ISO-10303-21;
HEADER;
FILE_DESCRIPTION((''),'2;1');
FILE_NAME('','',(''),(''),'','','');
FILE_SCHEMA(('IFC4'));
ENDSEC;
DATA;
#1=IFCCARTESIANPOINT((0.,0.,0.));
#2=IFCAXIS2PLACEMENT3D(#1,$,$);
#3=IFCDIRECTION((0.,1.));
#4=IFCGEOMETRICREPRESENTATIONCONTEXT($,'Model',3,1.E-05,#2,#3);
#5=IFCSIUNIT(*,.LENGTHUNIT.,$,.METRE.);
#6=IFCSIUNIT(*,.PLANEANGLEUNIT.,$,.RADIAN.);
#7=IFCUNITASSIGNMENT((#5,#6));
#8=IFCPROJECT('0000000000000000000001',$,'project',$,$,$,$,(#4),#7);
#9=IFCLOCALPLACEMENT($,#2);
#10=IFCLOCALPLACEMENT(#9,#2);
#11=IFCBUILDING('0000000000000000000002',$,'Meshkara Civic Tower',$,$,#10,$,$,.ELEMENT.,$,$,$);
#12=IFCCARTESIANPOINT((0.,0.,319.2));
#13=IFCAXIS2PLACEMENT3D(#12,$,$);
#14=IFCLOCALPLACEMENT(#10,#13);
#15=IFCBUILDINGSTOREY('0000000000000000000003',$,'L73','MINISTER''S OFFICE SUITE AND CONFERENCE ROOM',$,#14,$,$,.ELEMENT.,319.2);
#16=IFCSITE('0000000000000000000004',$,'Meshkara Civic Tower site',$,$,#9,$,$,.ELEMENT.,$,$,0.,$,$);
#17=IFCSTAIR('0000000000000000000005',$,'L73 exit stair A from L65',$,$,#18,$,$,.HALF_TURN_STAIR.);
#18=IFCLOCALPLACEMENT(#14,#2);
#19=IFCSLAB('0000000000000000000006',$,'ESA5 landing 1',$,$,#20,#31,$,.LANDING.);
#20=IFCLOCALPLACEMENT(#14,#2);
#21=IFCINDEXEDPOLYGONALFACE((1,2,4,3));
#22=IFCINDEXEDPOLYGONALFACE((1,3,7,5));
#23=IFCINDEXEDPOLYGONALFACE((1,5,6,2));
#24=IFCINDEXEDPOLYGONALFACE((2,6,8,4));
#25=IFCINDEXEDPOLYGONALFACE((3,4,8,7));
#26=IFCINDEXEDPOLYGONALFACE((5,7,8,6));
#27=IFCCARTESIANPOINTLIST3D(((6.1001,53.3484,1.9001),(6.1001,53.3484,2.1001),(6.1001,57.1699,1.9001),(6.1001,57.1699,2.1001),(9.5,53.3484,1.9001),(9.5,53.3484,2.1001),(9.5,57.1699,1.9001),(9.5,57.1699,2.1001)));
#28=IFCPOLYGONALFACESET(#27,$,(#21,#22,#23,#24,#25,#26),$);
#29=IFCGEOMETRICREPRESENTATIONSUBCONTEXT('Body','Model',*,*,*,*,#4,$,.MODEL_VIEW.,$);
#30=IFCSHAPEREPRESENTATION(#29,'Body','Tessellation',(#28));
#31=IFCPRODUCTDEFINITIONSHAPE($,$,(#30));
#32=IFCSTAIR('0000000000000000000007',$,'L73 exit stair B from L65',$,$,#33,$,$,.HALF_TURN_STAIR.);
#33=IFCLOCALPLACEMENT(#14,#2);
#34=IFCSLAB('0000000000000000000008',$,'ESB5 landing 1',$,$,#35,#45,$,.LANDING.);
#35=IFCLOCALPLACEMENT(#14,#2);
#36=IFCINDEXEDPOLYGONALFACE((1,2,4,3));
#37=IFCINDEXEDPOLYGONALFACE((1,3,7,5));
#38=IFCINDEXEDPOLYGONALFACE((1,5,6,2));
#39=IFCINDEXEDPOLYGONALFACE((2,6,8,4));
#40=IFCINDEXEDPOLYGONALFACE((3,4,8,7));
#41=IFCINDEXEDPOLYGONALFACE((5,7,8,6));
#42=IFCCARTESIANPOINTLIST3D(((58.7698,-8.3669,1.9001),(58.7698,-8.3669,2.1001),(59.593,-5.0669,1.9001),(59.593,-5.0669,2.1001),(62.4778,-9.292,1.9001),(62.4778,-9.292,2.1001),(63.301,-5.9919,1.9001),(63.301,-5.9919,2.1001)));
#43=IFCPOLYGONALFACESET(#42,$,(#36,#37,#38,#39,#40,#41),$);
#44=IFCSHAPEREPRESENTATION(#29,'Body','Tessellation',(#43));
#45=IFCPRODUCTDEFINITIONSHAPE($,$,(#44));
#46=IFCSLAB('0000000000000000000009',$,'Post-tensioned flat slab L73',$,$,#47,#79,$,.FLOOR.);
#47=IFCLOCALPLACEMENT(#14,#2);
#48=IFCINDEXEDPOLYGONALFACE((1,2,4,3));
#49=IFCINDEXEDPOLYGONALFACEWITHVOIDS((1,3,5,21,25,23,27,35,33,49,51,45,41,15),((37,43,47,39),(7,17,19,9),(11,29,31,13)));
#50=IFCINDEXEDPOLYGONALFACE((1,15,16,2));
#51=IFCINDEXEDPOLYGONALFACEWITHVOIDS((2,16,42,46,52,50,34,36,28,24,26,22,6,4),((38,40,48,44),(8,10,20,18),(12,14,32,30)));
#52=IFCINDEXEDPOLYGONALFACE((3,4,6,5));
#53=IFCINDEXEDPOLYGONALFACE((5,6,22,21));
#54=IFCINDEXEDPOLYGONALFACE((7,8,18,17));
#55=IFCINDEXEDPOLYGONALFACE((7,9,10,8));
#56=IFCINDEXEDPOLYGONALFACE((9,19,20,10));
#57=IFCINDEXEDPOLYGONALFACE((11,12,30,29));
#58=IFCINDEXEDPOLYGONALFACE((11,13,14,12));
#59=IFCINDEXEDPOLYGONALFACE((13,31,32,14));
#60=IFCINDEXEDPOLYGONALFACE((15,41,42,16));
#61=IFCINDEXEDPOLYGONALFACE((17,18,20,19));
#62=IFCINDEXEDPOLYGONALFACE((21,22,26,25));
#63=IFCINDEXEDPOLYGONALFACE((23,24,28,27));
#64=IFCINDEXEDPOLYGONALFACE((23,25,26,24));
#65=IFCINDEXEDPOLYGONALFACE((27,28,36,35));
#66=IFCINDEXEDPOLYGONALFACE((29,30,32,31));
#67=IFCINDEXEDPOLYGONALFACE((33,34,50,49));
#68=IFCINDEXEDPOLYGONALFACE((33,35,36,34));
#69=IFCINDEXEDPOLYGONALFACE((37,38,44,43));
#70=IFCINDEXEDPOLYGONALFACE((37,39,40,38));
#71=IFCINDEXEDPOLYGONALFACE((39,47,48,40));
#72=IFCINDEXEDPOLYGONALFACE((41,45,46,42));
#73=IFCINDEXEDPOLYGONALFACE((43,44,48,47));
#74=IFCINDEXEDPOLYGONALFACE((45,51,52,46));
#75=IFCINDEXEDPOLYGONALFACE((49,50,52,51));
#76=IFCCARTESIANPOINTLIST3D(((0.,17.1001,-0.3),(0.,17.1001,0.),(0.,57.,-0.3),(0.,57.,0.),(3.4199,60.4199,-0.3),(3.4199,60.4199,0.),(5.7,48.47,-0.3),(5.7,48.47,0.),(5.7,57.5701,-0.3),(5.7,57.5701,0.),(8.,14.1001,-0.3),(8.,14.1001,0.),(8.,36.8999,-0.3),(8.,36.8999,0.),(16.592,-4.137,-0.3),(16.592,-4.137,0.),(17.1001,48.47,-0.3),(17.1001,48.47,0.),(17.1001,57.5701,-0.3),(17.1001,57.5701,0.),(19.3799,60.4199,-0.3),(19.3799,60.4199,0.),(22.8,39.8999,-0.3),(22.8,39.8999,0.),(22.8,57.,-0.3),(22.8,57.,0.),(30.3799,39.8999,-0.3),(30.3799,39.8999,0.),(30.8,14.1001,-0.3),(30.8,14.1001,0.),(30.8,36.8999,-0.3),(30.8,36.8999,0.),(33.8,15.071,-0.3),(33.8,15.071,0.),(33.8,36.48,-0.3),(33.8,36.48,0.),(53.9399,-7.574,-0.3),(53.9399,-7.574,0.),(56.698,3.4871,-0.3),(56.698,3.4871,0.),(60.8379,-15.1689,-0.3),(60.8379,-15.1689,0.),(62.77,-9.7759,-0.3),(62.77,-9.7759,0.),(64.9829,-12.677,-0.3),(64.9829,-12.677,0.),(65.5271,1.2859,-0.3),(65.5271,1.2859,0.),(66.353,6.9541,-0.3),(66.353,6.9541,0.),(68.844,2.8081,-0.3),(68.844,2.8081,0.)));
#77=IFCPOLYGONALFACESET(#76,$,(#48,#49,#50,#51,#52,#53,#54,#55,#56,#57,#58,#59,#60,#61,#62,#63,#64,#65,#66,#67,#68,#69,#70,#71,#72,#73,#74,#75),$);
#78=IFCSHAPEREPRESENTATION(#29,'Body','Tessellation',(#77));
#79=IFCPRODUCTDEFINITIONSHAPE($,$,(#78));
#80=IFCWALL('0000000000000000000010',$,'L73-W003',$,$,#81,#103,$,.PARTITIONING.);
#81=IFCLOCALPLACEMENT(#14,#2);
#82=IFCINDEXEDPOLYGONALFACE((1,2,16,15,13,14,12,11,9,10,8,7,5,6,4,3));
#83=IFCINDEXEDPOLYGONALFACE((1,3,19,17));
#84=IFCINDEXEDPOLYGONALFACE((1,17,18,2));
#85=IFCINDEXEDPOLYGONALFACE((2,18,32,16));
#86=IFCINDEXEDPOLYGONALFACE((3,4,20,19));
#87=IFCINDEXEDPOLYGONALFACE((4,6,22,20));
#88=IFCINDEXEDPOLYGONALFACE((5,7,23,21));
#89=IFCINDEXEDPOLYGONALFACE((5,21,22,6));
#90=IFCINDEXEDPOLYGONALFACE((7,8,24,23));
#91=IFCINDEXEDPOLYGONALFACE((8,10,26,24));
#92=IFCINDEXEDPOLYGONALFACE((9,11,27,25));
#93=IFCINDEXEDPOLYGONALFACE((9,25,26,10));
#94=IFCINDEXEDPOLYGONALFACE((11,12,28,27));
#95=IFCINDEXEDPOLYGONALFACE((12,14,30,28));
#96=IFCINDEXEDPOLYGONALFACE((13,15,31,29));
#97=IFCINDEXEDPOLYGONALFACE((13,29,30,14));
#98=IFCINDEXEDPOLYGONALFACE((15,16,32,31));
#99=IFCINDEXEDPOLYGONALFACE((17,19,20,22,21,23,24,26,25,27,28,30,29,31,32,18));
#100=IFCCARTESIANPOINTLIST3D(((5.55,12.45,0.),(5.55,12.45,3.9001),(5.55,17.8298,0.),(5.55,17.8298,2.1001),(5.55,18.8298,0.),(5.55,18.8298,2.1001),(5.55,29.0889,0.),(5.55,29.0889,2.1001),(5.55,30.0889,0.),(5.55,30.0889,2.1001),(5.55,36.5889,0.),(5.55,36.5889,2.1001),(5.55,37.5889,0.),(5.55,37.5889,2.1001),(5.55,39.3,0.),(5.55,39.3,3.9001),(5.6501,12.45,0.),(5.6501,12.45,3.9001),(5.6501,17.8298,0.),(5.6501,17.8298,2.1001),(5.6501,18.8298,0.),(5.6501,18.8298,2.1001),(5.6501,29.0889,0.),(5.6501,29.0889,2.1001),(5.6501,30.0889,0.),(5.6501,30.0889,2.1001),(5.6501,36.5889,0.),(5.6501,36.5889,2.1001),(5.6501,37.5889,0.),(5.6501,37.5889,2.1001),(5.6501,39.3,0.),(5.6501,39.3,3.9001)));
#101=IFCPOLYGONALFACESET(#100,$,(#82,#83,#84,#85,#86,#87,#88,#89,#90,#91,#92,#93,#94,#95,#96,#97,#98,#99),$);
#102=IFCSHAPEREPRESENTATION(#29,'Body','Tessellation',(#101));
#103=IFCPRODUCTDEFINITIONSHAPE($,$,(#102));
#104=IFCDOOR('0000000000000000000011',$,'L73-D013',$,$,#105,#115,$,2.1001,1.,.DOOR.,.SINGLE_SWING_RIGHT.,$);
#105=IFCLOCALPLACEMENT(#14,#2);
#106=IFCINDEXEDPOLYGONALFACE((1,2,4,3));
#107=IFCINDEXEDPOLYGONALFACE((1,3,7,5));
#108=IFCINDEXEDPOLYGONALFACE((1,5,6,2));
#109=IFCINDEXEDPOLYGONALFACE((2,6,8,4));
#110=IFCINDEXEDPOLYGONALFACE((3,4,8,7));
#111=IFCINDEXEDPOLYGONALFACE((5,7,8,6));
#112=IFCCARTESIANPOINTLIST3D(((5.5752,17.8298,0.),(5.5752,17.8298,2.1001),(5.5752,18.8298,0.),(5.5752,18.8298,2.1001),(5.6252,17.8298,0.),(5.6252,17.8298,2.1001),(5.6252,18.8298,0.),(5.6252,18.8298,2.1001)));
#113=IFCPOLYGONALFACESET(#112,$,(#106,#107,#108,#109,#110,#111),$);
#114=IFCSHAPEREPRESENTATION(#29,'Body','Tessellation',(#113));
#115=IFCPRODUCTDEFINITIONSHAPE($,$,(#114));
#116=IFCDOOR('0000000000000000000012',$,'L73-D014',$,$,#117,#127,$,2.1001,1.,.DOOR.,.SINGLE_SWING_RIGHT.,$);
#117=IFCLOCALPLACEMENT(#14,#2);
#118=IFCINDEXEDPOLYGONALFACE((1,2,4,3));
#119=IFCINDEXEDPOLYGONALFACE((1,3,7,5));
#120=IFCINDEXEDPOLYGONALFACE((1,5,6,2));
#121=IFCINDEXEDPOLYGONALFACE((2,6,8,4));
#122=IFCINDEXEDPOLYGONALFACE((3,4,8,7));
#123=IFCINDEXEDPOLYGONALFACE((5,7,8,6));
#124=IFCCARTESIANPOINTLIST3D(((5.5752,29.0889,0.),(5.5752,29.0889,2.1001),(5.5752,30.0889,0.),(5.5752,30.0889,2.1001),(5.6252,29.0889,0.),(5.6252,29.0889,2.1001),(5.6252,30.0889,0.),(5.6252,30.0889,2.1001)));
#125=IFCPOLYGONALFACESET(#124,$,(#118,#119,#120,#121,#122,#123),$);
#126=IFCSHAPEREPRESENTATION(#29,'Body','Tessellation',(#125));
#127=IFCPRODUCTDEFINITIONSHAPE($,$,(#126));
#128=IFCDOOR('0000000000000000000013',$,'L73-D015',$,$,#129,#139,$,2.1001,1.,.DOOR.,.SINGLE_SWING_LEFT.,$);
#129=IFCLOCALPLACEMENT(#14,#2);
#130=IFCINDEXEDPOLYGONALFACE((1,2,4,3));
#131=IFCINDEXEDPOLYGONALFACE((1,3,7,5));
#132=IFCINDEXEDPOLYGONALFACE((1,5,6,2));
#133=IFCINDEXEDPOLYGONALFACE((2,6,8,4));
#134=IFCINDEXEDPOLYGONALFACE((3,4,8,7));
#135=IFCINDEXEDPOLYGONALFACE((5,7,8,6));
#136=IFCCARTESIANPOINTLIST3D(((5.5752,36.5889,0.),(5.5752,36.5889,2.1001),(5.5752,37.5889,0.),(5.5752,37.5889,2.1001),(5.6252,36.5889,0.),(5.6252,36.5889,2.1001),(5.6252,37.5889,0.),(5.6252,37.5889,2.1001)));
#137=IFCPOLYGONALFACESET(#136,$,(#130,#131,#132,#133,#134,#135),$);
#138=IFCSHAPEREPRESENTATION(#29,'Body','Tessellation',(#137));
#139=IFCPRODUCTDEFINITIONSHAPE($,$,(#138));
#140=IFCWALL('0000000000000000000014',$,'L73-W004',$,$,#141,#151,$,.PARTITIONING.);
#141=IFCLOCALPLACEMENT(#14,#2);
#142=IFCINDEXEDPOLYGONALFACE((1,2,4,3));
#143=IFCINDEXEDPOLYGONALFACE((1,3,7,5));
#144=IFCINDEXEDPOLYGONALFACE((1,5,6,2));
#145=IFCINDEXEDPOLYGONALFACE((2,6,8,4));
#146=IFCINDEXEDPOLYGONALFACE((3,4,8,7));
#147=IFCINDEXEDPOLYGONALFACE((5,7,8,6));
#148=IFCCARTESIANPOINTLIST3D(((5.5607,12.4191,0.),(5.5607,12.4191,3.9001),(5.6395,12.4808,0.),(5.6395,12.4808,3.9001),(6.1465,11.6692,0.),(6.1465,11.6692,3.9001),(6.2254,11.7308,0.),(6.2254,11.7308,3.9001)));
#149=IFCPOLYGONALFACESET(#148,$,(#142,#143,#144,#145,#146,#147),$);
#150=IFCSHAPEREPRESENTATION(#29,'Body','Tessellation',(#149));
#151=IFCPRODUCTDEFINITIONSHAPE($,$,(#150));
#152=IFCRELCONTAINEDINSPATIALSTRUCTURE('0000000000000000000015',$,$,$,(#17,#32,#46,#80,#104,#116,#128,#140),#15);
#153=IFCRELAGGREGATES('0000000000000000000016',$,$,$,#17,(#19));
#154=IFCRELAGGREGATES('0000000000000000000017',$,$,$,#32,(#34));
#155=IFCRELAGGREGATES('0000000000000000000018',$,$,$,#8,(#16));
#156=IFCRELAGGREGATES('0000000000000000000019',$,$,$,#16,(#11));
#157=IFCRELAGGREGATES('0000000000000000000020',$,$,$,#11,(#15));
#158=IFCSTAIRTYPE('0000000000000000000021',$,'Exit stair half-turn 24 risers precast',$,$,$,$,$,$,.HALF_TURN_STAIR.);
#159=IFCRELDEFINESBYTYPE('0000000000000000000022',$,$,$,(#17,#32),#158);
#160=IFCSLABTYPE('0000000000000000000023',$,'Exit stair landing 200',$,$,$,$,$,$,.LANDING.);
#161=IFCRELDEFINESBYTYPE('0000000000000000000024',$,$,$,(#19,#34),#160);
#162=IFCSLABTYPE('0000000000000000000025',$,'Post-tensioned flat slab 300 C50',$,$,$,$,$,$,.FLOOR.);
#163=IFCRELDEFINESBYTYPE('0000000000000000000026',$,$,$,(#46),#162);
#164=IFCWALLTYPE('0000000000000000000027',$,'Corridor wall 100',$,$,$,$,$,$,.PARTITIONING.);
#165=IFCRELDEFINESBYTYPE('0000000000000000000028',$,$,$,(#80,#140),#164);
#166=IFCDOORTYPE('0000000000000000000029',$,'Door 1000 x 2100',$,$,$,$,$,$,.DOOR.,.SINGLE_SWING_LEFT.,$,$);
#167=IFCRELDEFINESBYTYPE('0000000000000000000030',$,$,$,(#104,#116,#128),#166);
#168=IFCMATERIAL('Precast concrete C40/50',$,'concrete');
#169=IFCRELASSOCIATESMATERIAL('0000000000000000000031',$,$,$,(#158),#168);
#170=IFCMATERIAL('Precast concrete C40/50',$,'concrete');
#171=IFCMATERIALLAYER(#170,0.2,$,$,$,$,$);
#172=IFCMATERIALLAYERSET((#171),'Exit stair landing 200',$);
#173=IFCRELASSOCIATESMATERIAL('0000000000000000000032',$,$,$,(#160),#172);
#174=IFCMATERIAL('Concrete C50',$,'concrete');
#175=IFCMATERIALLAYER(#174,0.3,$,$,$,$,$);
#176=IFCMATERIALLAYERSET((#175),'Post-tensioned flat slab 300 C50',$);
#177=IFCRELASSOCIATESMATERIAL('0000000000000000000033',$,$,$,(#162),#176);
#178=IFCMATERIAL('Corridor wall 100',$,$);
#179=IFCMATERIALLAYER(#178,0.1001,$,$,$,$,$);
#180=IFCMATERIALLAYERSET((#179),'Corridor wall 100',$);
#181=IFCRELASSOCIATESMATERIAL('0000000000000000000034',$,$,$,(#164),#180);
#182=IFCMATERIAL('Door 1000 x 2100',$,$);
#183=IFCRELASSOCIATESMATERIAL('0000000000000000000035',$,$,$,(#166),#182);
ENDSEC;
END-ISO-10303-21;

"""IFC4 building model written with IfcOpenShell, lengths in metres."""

from ifc_helpers import new_model, si_unit, direction, frame, frame_2d, origin, place, context, subcontext, project, spatial, polyline, rectangle, outline, extrude, material, layer, layer_set, type_object, element, fill, aggregate, save


model = new_model("IFC4")

# Units and contexts
model_context = context("Model", 3, precision=1e-05, world=origin(), true_north=direction((0.0, 1.0)))
body_context = subcontext(model_context, "Body", "Model", "MODEL_VIEW")
ifc_project = project(units=[si_unit("LENGTHUNIT", "METRE"), si_unit("PLANEANGLEUNIT", "RADIAN")], contexts=[model_context])

# Site, building, storey
site_placement = place(None, origin())
site = spatial("IfcSite", under=ifc_project, at=site_placement, Name="Meshkara Civic Tower site", CompositionType="ELEMENT", RefElevation=0.0)
building_placement = place(site_placement, origin())
building = spatial("IfcBuilding", under=site, at=building_placement, Name="Meshkara Civic Tower", CompositionType="ELEMENT")
storey_placement = place(building_placement, frame((0.0, 0.0, 319.2)))
storey = spatial("IfcBuildingStorey", under=building, at=storey_placement, Name="L73", Description="MINISTER'S OFFICE SUITE AND CONFERENCE ROOM", CompositionType="ELEMENT", Elevation=319.2)

# Stairs, slabs
ifc_material_1 = material(Name="Precast concrete C40/50", Category="concrete")
stair_type = type_object("IfcStairType", Name="Exit stair half-turn 24 risers precast", PredefinedType="HALF_TURN_STAIR", material=ifc_material_1)
ifc_material_2 = material(Name="Precast concrete C40/50", Category="concrete")
ifc_layer_1 = layer(ifc_material_2, 0.2)
ifc_layer_set_1 = layer_set([ifc_layer_1], Name="Exit stair landing 200")
slab_type_1 = type_object("IfcSlabType", Name="Exit stair landing 200", PredefinedType="LANDING", material=ifc_layer_set_1)
stair_1_placement = place(storey_placement, origin())
stair_1 = element("IfcStair", 1, at=stair_1_placement, inside=storey, type_object=stair_type, Name="L73 exit stair A from L65", PredefinedType="HALF_TURN_STAIR")
slab_1_placement = place(storey_placement, frame((0.0, 0.0, 1.9001)))
slab_1 = element("IfcSlab", 2, at=slab_1_placement, type_object=slab_type_1, Name="ESA5 landing 1", PredefinedType="LANDING", context=body_context, shape_type="SweptSolid", body=[
    extrude(outline(polyline([(9.5, 53.3484), (9.5, 57.1699), (6.1001, 57.1699), (6.1001, 53.3484), (9.5, 53.3484)])), origin(), (0.0, 0.0, 1.0), 0.2),
])
aggregate(stair_1, [slab_1])
stair_2_placement = place(storey_placement, origin())
stair_2 = element("IfcStair", 3, at=stair_2_placement, inside=storey, type_object=stair_type, Name="L73 exit stair B from L65", PredefinedType="HALF_TURN_STAIR")
slab_2_placement = place(storey_placement, frame((0.0, 0.0, 1.9001)))
slab_2 = element("IfcSlab", 4, at=slab_2_placement, type_object=slab_type_1, Name="ESB5 landing 1", PredefinedType="LANDING", context=body_context, shape_type="SweptSolid", body=[
    extrude(outline(polyline([(58.7698, -8.3669), (62.4778, -9.292), (63.301, -5.9919), (59.593, -5.0669), (58.7698, -8.3669)])), origin(), (0.0, 0.0, 1.0), 0.2),
])
aggregate(stair_2, [slab_2])

# Slab
ifc_material_3 = material(Name="Concrete C50", Category="concrete")
ifc_layer_2 = layer(ifc_material_3, 0.3)
ifc_layer_set_2 = layer_set([ifc_layer_2], Name="Post-tensioned flat slab 300 C50")
slab_type_2 = type_object("IfcSlabType", Name="Post-tensioned flat slab 300 C50", PredefinedType="FLOOR", material=ifc_layer_set_2)
slab_3_placement = place(storey_placement, frame((0.0, 0.0, -0.3)))
element("IfcSlab", 5, at=slab_3_placement, inside=storey, type_object=slab_type_2, Name="Post-tensioned flat slab L73", PredefinedType="FLOOR", context=body_context, shape_type="SweptSolid", body=[
    extrude(outline(polyline([(64.9829, -12.677), (60.8379, -15.1689), (16.592, -4.137), (0.0, 17.1001), (0.0, 57.0), (3.4199, 60.4199), (19.3799, 60.4199), (22.8, 57.0), (22.8, 39.8999), (30.3799, 39.8999), (33.8, 36.48), (33.8, 15.071), (66.353, 6.9541), (68.844, 2.8081), (64.9829, -12.677)]), holes=[polyline([(62.77, -9.7759), (65.5271, 1.2859), (56.698, 3.4871), (53.9399, -7.574), (62.77, -9.7759)]), polyline([(8.0, 14.1001), (30.8, 14.1001), (30.8, 36.8999), (8.0, 36.8999), (8.0, 14.1001)]), polyline([(5.7, 57.5701), (5.7, 48.47), (17.1001, 48.47), (17.1001, 57.5701), (5.7, 57.5701)])]), origin(), (0.0, 0.0, 1.0), 0.3),
])

# Wall, openings, doors
ifc_material_4 = material(Name="Corridor wall 100")
ifc_layer_3 = layer(ifc_material_4, 0.1001)
ifc_layer_set_3 = layer_set([ifc_layer_3], Name="Corridor wall 100")
wall_type_1 = type_object("IfcWallType", Name="Corridor wall 100", PredefinedType="PARTITIONING", material=ifc_layer_set_3)
wall_1_placement = place(storey_placement, frame((5.6001, 12.45, 0.0), z_axis=(0.0, 0.0, 1.0), x_axis=(0.0, 1.0, 0.0)))
wall_1 = element("IfcWall", 6, at=wall_1_placement, inside=storey, type_object=wall_type_1, Name="L73-W003", PredefinedType="PARTITIONING", context=body_context, shape_type="SweptSolid", body=[
    extrude(rectangle(XDim=26.8501, YDim=0.1001, at=frame_2d((13.425, 0.0))), origin(), (0.0, 0.0, 1.0), 3.9001),
])
opening_1_placement = place(wall_1_placement, frame((5.3799, 0.0, 0.0)))
opening_1 = element("IfcOpeningElement", 7, at=opening_1_placement, cuts=wall_1, PredefinedType="OPENING", context=body_context, shape_type="SweptSolid", body=[
    extrude(rectangle(XDim=1.0, YDim=2.1001, at=frame_2d((0.5, 1.05))), frame((0.0, 0.0601, 0.0), z_axis=(0.0, -1.0, 0.0), x_axis=(1.0, 0.0, 0.0)), (0.0, 0.0, 1.0), 0.1201),
])
opening_2_placement = place(wall_1_placement, frame((16.6389, 0.0, 0.0)))
opening_2 = element("IfcOpeningElement", 8, at=opening_2_placement, cuts=wall_1, PredefinedType="OPENING", context=body_context, shape_type="SweptSolid", body=[
    extrude(rectangle(XDim=1.0, YDim=2.1001, at=frame_2d((0.5, 1.05))), frame((0.0, 0.0601, 0.0), z_axis=(0.0, -1.0, 0.0), x_axis=(1.0, 0.0, 0.0)), (0.0, 0.0, 1.0), 0.1201),
])
opening_3_placement = place(wall_1_placement, frame((24.1389, 0.0, 0.0)))
opening_3 = element("IfcOpeningElement", 9, at=opening_3_placement, cuts=wall_1, PredefinedType="OPENING", context=body_context, shape_type="SweptSolid", body=[
    extrude(rectangle(XDim=1.0, YDim=2.1001, at=frame_2d((0.5, 1.05))), frame((0.0, 0.0601, 0.0), z_axis=(0.0, -1.0, 0.0), x_axis=(1.0, 0.0, 0.0)), (0.0, 0.0, 1.0), 0.1201),
])
ifc_material_5 = material(Name="Door 1000 x 2100")
door_type = type_object("IfcDoorType", Name="Door 1000 x 2100", OperationType="SINGLE_SWING_LEFT", PredefinedType="DOOR", material=ifc_material_5)
door_1_placement = place(opening_1_placement, origin())
door_1 = element("IfcDoor", 10, at=door_1_placement, inside=storey, type_object=door_type, Name="L73-D013", OperationType="SINGLE_SWING_RIGHT", OverallHeight=2.1001, OverallWidth=1.0, PredefinedType="DOOR", context=body_context, shape_type="SweptSolid", body=[
    extrude(rectangle(XDim=1.0, YDim=2.1001, at=frame_2d((0.5, 1.05))), frame((0.0, 0.0249, 0.0), z_axis=(0.0, -1.0, 0.0), x_axis=(1.0, 0.0, 0.0)), (0.0, 0.0, 1.0), 0.05),
])
fill(opening_1, door_1)
door_2_placement = place(opening_2_placement, origin())
door_2 = element("IfcDoor", 11, at=door_2_placement, inside=storey, type_object=door_type, Name="L73-D014", OperationType="SINGLE_SWING_RIGHT", OverallHeight=2.1001, OverallWidth=1.0, PredefinedType="DOOR", context=body_context, shape_type="SweptSolid", body=[
    extrude(rectangle(XDim=1.0, YDim=2.1001, at=frame_2d((0.5, 1.05))), frame((0.0, 0.0249, 0.0), z_axis=(0.0, -1.0, 0.0), x_axis=(1.0, 0.0, 0.0)), (0.0, 0.0, 1.0), 0.05),
])
fill(opening_2, door_2)
door_3_placement = place(opening_3_placement, origin())
door_3 = element("IfcDoor", 12, at=door_3_placement, inside=storey, type_object=door_type, Name="L73-D015", OperationType="SINGLE_SWING_LEFT", OverallHeight=2.1001, OverallWidth=1.0, PredefinedType="DOOR", context=body_context, shape_type="SweptSolid", body=[
    extrude(rectangle(XDim=1.0, YDim=2.1001, at=frame_2d((0.5, 1.05))), frame((0.0, 0.0249, 0.0), z_axis=(0.0, -1.0, 0.0), x_axis=(1.0, 0.0, 0.0)), (0.0, 0.0, 1.0), 0.05),
])
fill(opening_3, door_3)

# Wall
wall_2_placement = place(storey_placement, frame((5.6001, 12.45, 0.0), z_axis=(0.0, 0.0, 1.0), x_axis=(0.615644, -0.788024, 0.0)))
element("IfcWall", 13, at=wall_2_placement, inside=storey, type_object=wall_type_1, Name="L73-W004", PredefinedType="PARTITIONING", context=body_context, shape_type="SweptSolid", body=[
    extrude(rectangle(XDim=0.9517, YDim=0.1001, at=frame_2d((0.4758, 0.0))), origin(), (0.0, 0.0, 1.0), 3.9001),
])

save(model, "model.ifc")
